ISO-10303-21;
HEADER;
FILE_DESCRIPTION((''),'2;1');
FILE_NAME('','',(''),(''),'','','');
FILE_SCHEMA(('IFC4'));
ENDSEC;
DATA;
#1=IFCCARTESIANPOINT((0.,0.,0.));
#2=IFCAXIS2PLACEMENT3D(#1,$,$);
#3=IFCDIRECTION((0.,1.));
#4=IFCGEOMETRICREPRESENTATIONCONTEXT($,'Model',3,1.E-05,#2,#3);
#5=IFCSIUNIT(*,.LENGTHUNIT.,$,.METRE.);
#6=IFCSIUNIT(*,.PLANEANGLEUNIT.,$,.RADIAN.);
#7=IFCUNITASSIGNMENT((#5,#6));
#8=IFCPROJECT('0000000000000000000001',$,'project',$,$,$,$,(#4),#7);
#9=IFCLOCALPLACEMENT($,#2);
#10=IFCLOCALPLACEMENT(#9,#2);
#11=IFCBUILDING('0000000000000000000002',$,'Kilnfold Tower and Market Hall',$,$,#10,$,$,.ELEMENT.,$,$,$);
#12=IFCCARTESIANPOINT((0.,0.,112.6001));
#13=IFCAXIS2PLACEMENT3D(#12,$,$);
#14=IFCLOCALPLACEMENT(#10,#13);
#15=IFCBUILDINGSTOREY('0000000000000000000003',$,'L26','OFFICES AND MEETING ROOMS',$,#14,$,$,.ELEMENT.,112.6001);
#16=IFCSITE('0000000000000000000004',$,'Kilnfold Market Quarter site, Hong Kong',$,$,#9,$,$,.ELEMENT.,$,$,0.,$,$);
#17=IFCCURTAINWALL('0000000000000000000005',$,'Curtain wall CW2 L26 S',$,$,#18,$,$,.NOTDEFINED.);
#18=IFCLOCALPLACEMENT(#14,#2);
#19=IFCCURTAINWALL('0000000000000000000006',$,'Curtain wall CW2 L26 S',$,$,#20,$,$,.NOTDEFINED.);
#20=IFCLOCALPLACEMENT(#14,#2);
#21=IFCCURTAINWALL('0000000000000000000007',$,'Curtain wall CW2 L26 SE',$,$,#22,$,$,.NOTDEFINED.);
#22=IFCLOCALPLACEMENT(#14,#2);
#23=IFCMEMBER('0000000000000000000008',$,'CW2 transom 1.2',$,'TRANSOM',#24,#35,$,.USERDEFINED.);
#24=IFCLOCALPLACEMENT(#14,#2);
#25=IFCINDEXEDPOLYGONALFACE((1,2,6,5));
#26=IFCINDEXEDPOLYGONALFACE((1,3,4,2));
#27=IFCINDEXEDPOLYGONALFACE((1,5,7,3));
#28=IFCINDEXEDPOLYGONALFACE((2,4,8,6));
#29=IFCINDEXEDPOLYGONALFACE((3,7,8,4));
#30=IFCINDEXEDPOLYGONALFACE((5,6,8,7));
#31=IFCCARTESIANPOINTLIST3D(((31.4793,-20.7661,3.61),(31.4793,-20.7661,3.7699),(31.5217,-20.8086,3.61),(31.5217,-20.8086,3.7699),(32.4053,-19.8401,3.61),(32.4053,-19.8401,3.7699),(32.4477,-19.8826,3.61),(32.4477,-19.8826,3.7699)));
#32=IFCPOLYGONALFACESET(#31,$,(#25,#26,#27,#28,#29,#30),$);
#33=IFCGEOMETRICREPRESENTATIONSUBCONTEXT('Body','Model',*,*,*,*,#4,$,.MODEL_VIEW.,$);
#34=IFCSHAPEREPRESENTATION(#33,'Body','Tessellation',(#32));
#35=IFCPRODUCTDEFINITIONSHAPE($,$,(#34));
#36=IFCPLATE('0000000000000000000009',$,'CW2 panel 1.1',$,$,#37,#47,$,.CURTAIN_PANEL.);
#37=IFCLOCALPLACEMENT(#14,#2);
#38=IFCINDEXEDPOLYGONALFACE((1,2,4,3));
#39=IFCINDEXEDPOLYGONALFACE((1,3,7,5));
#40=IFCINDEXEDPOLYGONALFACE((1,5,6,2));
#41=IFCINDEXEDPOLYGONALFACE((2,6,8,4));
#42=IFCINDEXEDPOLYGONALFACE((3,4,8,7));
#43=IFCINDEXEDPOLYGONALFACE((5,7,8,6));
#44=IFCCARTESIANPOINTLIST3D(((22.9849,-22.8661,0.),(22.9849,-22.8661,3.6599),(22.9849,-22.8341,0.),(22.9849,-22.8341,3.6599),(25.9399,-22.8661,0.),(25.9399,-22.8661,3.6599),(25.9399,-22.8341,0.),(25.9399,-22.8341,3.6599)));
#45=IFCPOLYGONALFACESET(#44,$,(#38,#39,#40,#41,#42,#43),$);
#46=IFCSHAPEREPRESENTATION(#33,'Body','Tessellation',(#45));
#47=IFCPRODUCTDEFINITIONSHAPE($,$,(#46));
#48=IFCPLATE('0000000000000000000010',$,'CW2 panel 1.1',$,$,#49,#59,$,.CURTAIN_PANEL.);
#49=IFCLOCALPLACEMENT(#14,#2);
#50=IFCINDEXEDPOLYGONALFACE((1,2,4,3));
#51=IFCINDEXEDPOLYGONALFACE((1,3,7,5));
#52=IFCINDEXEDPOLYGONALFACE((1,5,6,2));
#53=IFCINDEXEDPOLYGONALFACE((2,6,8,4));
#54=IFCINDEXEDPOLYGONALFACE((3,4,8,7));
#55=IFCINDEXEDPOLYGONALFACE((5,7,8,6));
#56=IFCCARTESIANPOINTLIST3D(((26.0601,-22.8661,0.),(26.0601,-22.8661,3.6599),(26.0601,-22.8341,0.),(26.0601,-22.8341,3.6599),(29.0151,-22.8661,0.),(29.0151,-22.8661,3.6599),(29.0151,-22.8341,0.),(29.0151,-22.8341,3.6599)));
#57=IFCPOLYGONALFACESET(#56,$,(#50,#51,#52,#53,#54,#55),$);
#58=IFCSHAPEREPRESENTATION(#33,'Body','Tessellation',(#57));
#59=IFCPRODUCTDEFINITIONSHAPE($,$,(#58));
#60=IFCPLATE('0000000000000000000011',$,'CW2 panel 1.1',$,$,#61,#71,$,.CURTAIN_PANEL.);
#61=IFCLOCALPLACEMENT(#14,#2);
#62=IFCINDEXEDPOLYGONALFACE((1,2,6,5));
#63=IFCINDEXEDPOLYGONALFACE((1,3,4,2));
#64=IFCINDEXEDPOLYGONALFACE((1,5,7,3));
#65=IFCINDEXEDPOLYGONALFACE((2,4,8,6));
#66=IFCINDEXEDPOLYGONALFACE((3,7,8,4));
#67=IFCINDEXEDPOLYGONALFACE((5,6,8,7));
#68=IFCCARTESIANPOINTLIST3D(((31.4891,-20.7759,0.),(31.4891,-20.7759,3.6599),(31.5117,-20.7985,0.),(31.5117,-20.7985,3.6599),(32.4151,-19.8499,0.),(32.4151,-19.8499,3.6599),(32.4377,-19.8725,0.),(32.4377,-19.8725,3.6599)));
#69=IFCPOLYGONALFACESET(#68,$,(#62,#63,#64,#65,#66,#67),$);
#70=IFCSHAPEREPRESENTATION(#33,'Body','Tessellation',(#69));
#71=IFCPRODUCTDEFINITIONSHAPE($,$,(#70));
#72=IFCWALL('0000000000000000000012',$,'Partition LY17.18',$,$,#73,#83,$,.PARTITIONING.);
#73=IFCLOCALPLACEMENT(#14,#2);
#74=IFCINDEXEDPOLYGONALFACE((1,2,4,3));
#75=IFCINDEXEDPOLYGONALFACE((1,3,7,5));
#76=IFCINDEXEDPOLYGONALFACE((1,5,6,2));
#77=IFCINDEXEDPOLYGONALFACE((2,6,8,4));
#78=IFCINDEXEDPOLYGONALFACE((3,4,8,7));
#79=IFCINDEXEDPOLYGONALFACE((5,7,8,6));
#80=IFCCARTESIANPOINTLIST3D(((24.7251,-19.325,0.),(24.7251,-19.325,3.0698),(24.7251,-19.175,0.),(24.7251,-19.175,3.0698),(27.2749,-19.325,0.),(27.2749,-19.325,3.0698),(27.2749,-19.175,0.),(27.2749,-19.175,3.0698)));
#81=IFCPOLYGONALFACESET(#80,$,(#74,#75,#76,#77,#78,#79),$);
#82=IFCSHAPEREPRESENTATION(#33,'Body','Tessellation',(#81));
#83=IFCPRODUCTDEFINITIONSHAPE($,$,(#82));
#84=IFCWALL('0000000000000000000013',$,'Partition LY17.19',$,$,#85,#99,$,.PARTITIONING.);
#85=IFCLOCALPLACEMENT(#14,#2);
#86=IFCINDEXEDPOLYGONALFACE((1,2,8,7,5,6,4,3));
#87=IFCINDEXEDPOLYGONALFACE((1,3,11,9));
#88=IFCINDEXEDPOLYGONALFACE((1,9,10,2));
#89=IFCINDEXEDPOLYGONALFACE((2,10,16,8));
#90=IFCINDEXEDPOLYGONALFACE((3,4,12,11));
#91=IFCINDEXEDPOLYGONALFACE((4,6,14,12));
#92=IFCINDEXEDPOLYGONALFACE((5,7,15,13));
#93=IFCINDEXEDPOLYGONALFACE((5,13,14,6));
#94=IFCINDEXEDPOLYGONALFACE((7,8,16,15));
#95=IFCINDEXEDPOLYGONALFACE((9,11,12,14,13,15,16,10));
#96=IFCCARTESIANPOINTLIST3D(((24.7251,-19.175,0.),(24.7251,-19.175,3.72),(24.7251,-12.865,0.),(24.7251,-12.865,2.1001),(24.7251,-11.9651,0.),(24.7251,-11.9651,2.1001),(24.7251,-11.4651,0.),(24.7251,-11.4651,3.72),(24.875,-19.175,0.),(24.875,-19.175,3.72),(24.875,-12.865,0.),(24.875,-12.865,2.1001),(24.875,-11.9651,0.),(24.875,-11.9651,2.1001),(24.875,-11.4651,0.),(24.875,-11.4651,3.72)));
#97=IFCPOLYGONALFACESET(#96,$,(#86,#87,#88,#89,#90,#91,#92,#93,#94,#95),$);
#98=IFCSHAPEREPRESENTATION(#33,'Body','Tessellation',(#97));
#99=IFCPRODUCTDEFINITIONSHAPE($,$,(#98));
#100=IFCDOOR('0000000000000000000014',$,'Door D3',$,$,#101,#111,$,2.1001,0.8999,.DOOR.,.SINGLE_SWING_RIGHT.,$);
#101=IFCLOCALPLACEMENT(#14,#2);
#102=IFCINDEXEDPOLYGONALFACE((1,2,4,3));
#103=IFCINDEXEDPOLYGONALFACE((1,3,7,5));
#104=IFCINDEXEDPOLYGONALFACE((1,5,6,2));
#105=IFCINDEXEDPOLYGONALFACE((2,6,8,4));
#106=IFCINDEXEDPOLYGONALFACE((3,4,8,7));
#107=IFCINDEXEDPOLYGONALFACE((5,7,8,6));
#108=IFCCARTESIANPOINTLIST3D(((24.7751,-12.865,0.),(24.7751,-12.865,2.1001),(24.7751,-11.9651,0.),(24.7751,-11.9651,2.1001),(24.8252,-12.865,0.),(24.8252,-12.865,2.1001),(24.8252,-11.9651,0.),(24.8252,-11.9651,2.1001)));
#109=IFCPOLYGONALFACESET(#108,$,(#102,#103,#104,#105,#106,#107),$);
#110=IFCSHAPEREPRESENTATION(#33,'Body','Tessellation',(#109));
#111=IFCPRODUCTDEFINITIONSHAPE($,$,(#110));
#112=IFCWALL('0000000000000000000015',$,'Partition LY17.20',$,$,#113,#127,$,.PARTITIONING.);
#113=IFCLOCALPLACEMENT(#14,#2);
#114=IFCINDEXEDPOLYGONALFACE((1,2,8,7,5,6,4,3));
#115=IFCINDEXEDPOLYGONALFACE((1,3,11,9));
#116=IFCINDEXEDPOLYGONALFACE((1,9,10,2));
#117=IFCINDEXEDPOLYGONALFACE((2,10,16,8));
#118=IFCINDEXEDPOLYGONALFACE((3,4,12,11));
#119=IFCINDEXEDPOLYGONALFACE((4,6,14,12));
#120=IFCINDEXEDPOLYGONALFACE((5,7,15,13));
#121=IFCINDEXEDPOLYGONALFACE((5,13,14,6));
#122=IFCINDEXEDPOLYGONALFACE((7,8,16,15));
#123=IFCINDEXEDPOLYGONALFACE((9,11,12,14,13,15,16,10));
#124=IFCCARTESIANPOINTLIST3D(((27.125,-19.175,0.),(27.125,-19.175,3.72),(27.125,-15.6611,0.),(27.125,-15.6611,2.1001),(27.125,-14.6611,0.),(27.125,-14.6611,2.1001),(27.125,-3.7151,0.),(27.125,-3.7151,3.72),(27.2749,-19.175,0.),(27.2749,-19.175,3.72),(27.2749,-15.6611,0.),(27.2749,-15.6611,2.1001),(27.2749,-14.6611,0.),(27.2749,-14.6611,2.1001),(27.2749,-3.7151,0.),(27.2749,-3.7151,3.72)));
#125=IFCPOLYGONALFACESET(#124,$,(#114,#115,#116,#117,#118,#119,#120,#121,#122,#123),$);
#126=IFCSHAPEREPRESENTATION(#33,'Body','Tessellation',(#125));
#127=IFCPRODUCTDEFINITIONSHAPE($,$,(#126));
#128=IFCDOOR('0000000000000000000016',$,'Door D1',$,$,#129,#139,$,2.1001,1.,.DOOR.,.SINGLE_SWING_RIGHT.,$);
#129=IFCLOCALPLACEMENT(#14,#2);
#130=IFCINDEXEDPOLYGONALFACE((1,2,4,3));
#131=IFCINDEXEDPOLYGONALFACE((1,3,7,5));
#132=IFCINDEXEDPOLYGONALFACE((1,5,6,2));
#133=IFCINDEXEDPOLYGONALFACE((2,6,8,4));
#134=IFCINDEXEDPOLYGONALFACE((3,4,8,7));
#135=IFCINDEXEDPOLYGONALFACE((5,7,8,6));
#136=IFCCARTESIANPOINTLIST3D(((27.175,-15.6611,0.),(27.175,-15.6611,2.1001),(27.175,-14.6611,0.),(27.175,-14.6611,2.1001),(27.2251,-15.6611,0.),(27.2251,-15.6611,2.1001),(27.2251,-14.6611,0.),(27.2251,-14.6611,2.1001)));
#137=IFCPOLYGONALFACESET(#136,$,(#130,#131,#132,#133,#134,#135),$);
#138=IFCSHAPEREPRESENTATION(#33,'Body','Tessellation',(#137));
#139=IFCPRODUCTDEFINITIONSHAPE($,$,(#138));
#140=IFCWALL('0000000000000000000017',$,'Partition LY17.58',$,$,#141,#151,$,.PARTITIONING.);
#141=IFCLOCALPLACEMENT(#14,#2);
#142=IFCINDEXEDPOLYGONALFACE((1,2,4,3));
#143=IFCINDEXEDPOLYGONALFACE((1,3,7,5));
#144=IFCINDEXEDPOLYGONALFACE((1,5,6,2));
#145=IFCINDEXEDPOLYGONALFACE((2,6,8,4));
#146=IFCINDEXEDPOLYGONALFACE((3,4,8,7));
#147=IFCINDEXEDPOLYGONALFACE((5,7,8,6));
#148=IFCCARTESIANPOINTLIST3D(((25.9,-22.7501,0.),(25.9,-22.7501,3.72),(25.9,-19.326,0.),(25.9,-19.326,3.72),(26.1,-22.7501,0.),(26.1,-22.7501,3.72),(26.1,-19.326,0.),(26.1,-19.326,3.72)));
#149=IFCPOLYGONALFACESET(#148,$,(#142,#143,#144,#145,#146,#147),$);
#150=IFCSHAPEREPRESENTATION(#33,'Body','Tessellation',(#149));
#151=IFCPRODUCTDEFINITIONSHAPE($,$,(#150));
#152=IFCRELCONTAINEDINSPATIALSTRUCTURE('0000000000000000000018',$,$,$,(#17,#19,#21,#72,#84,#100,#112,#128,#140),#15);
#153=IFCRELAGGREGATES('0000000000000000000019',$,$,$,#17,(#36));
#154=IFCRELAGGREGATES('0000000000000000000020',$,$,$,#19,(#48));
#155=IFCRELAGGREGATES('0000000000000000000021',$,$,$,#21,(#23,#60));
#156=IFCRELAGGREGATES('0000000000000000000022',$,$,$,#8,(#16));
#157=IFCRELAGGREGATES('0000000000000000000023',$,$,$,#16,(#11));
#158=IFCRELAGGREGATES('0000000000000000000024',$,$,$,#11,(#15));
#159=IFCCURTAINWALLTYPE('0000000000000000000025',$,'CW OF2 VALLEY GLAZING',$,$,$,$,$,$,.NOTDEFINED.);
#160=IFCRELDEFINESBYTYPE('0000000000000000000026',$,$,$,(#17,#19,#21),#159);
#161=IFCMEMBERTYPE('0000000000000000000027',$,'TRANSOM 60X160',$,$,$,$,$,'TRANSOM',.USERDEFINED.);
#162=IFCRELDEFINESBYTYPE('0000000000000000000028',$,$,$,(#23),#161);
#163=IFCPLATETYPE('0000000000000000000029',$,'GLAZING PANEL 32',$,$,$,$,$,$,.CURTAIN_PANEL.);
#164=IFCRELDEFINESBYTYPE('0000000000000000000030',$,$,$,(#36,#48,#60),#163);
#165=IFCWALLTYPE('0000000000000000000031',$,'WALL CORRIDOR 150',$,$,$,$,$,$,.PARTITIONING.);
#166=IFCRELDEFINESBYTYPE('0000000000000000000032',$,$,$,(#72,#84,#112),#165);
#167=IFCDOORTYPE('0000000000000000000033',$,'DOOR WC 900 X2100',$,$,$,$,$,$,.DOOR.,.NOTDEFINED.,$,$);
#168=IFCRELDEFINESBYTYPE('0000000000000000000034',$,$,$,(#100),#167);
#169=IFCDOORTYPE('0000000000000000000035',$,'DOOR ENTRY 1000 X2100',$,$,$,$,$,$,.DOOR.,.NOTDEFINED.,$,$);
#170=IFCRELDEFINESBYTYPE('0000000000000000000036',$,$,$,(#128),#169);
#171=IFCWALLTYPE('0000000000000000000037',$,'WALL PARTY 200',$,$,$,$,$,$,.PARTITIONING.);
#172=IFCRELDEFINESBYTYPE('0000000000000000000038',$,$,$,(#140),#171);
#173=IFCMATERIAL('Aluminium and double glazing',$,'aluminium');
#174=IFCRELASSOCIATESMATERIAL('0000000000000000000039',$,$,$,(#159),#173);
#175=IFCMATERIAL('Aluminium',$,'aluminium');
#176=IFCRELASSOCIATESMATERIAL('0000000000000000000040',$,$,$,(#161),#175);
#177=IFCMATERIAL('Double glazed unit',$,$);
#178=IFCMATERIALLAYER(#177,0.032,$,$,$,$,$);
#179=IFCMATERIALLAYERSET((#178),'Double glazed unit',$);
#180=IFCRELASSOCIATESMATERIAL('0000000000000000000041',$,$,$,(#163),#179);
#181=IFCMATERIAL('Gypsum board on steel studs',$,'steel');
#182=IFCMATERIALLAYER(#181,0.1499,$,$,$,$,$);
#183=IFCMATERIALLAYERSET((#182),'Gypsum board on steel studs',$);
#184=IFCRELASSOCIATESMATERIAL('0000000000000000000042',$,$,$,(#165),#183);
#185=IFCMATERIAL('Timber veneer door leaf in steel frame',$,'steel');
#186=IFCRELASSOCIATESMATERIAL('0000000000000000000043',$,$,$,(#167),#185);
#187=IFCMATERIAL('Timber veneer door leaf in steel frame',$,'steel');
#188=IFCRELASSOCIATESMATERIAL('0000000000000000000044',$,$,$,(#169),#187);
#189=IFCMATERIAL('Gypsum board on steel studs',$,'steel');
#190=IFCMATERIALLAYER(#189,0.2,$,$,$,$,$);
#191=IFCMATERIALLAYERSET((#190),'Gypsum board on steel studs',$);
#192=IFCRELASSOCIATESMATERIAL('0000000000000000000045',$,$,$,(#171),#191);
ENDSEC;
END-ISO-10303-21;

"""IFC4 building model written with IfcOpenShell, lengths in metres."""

from ifc_helpers import new_model, si_unit, direction, frame, frame_2d, origin, origin_2d, place, context, subcontext, project, spatial, rectangle, extrude, source, transform, mapped, material, layer, layer_set, material_profile, profile_set, type_object, element, fill, aggregate, save


model = new_model("IFC4")

# Units and contexts
model_context = context("Model", 3, precision=1e-05, world=origin(), true_north=direction((0.0, 1.0)))
body_context = subcontext(model_context, "Body", "Model", "MODEL_VIEW")
ifc_project = project(units=[si_unit("LENGTHUNIT", "METRE"), si_unit("PLANEANGLEUNIT", "RADIAN")], contexts=[model_context])

# Site, building, storey
site_placement = place(None, origin())
site = spatial("IfcSite", under=ifc_project, at=site_placement, Name="Kilnfold Market Quarter site, Hong Kong", CompositionType="ELEMENT", RefElevation=0.0)
building_placement = place(site_placement, origin())
building = spatial("IfcBuilding", under=site, at=building_placement, Name="Kilnfold Tower and Market Hall", CompositionType="ELEMENT")
storey_placement = place(building_placement, frame((0.0, 0.0, 112.6001)))
storey = spatial("IfcBuildingStorey", under=building, at=storey_placement, Name="L26", Description="OFFICES AND MEETING ROOMS", CompositionType="ELEMENT", Elevation=112.6001)

# Curtain walls
ifc_material_1 = material(Name="Aluminium and double glazing", Category="aluminium")
curtain_wall_type = type_object("IfcCurtainWallType", Name="CW OF2 VALLEY GLAZING", PredefinedType="NOTDEFINED", material=ifc_material_1)
curtain_wall_1_placement = place(storey_placement, origin())
curtain_wall_1 = element("IfcCurtainWall", 1, at=curtain_wall_1_placement, inside=storey, type_object=curtain_wall_type, Name="Curtain wall CW2 L26 S", PredefinedType="NOTDEFINED")
curtain_wall_2_placement = place(storey_placement, origin())
curtain_wall_2 = element("IfcCurtainWall", 2, at=curtain_wall_2_placement, inside=storey, type_object=curtain_wall_type, Name="Curtain wall CW2 L26 S", PredefinedType="NOTDEFINED")
curtain_wall_3_placement = place(storey_placement, origin())
curtain_wall_3 = element("IfcCurtainWall", 3, at=curtain_wall_3_placement, inside=storey, type_object=curtain_wall_type, Name="Curtain wall CW2 L26 SE", PredefinedType="NOTDEFINED")

# Member
ifc_material_2 = material(Name="Aluminium", Category="aluminium")
ifc_material_profile_1 = material_profile(ifc_material_2, rectangle(XDim=0.0601, YDim=0.1599, at=origin_2d()), Name="TRANSOM 60x160")
ifc_profile_set_1 = profile_set([ifc_material_profile_1], Name="Aluminium")
member_type_1 = type_object("IfcMemberType", Name="TRANSOM 60X160", ElementType="TRANSOM", PredefinedType="USERDEFINED", material=ifc_profile_set_1)
shared_shape_1 = source(origin(), body_context, "Body", "SweptSolid", [
    extrude(rectangle(XDim=0.0601, YDim=0.1599, at=origin_2d()), origin(), (0.0, 0.0, 1.0), 1.3096),
])
member_1_placement = place(storey_placement, frame((31.5005, -20.7874, 3.6899), z_axis=(0.707107, 0.707107, 0.0), x_axis=(-0.707107, 0.707107, 0.0)))
member_1 = element("IfcMember", 4, at=member_1_placement, type_object=member_type_1, Name="CW2 transom 1.2", ObjectType="TRANSOM", PredefinedType="USERDEFINED", context=body_context, shape_type="MappedRepresentation", body=[
    mapped(shared_shape_1, transform((0.0, 0.0, 0.0))),
])

# Plates
ifc_material_3 = material(Name="Double glazed unit")
ifc_layer_1 = layer(ifc_material_3, 0.032)
ifc_layer_set_1 = layer_set([ifc_layer_1], Name="Double glazed unit")
plate_type = type_object("IfcPlateType", Name="GLAZING PANEL 32", PredefinedType="CURTAIN_PANEL", material=ifc_layer_set_1)
shared_shape_2 = source(origin(), body_context, "Body", "SweptSolid", [
    extrude(rectangle(XDim=2.9551, YDim=0.032, at=origin_2d()), origin(), (0.0, 0.0, 1.0), 3.6599),
])
plate_1_placement = place(storey_placement, frame((24.4624, -22.8501, 0.0), z_axis=(0.0, 0.0, 1.0), x_axis=(1.0, 0.0, 0.0)))
plate_1 = element("IfcPlate", 5, at=plate_1_placement, type_object=plate_type, Name="CW2 panel 1.1", PredefinedType="CURTAIN_PANEL", context=body_context, shape_type="MappedRepresentation", body=[
    mapped(shared_shape_2, transform((0.0, 0.0, 0.0))),
])
aggregate(curtain_wall_1, [plate_1])
plate_2_placement = place(storey_placement, frame((27.5376, -22.8501, 0.0), z_axis=(0.0, 0.0, 1.0), x_axis=(1.0, 0.0, 0.0)))
plate_2 = element("IfcPlate", 6, at=plate_2_placement, type_object=plate_type, Name="CW2 panel 1.1", PredefinedType="CURTAIN_PANEL", context=body_context, shape_type="MappedRepresentation", body=[
    mapped(shared_shape_2, transform((0.0, 0.0, 0.0))),
])
aggregate(curtain_wall_2, [plate_2])
shared_shape_3 = source(origin(), body_context, "Body", "SweptSolid", [
    extrude(rectangle(XDim=1.3096, YDim=0.032, at=origin_2d()), origin(), (0.0, 0.0, 1.0), 3.6599),
])
plate_3_placement = place(storey_placement, frame((31.9634, -20.3242, 0.0), z_axis=(0.0, 0.0, 1.0), x_axis=(0.707107, 0.707107, 0.0)))
plate_3 = element("IfcPlate", 7, at=plate_3_placement, type_object=plate_type, Name="CW2 panel 1.1", PredefinedType="CURTAIN_PANEL", context=body_context, shape_type="MappedRepresentation", body=[
    mapped(shared_shape_3, transform((0.0, 0.0, 0.0))),
])
aggregate(curtain_wall_3, [member_1, plate_3])

# Wall
ifc_material_4 = material(Name="Gypsum board on steel studs", Category="steel")
ifc_layer_2 = layer(ifc_material_4, 0.1499)
ifc_layer_set_2 = layer_set([ifc_layer_2], Name="Gypsum board on steel studs")
wall_type_1 = type_object("IfcWallType", Name="WALL CORRIDOR 150", PredefinedType="PARTITIONING", material=ifc_layer_set_2)
wall_1_placement = place(storey_placement, frame((24.7251, -19.25, 0.0), z_axis=(0.0, 0.0, 1.0), x_axis=(1.0, 0.0, 0.0)))
element("IfcWall", 8, at=wall_1_placement, inside=storey, type_object=wall_type_1, Name="Partition LY17.18", PredefinedType="PARTITIONING", context=body_context, shape_type="SweptSolid", body=[
    extrude(rectangle(XDim=2.5498, YDim=0.1499, at=frame_2d((1.2749, 0.0))), origin(), (0.0, 0.0, 1.0), 3.0698),
])

# Walls, openings, doors
wall_2_placement = place(storey_placement, frame((24.8, -19.175, 0.0), z_axis=(0.0, 0.0, 1.0), x_axis=(0.0, 1.0, 0.0)))
wall_2 = element("IfcWall", 9, at=wall_2_placement, inside=storey, type_object=wall_type_1, Name="Partition LY17.19", PredefinedType="PARTITIONING", context=body_context, shape_type="SweptSolid", body=[
    extrude(rectangle(XDim=7.71, YDim=0.1499, at=frame_2d((3.855, 0.0))), origin(), (0.0, 0.0, 1.0), 3.72),
])
opening_1_placement = place(wall_2_placement, frame((6.3101, 0.0, 0.0)))
opening_1 = element("IfcOpeningElement", 10, at=opening_1_placement, cuts=wall_2, PredefinedType="OPENING", context=body_context, shape_type="SweptSolid", body=[
    extrude(rectangle(XDim=0.8999, YDim=2.1001, at=frame_2d((0.45, 1.05))), frame((0.0, 0.085, 0.0), z_axis=(0.0, -1.0, 0.0), x_axis=(1.0, 0.0, 0.0)), (0.0, 0.0, 1.0), 0.1699),
])
ifc_material_5 = material(Name="Timber veneer door leaf in steel frame", Category="steel")
door_type_1 = type_object("IfcDoorType", Name="DOOR WC 900 X2100", OperationType="NOTDEFINED", PredefinedType="DOOR", material=ifc_material_5)
door_1_placement = place(opening_1_placement, origin())
door_1 = element("IfcDoor", 11, at=door_1_placement, inside=storey, type_object=door_type_1, Name="Door D3", OperationType="SINGLE_SWING_RIGHT", OverallHeight=2.1001, OverallWidth=0.8999, PredefinedType="DOOR", context=body_context, shape_type="SweptSolid", body=[
    extrude(rectangle(XDim=0.8999, YDim=2.1001, at=frame_2d((0.45, 1.05))), frame((0.0, 0.0249, 0.0), z_axis=(0.0, -1.0, 0.0), x_axis=(1.0, 0.0, 0.0)), (0.0, 0.0, 1.0), 0.05),
])
fill(opening_1, door_1)
wall_3_placement = place(storey_placement, frame((27.2, -19.175, 0.0), z_axis=(0.0, 0.0, 1.0), x_axis=(0.0, 1.0, 0.0)))
wall_3 = element("IfcWall", 12, at=wall_3_placement, inside=storey, type_object=wall_type_1, Name="Partition LY17.20", PredefinedType="PARTITIONING", context=body_context, shape_type="SweptSolid", body=[
    extrude(rectangle(XDim=15.46, YDim=0.1499, at=frame_2d((7.73, 0.0))), origin(), (0.0, 0.0, 1.0), 3.72),
])
opening_2_placement = place(wall_3_placement, frame((3.5139, 0.0, 0.0)))
opening_2 = element("IfcOpeningElement", 13, at=opening_2_placement, cuts=wall_3, PredefinedType="OPENING", context=body_context, shape_type="SweptSolid", body=[
    extrude(rectangle(XDim=1.0, YDim=2.1001, at=frame_2d((0.5, 1.05))), frame((0.0, 0.085, 0.0), z_axis=(0.0, -1.0, 0.0), x_axis=(1.0, 0.0, 0.0)), (0.0, 0.0, 1.0), 0.1699),
])
ifc_material_6 = material(Name="Timber veneer door leaf in steel frame", Category="steel")
door_type_2 = type_object("IfcDoorType", Name="DOOR ENTRY 1000 X2100", OperationType="NOTDEFINED", PredefinedType="DOOR", material=ifc_material_6)
door_2_placement = place(opening_2_placement, origin())
door_2 = element("IfcDoor", 14, at=door_2_placement, inside=storey, type_object=door_type_2, Name="Door D1", OperationType="SINGLE_SWING_RIGHT", OverallHeight=2.1001, OverallWidth=1.0, PredefinedType="DOOR", context=body_context, shape_type="SweptSolid", body=[
    extrude(rectangle(XDim=1.0, YDim=2.1001, at=frame_2d((0.5, 1.05))), frame((0.0, 0.0249, 0.0), z_axis=(0.0, -1.0, 0.0), x_axis=(1.0, 0.0, 0.0)), (0.0, 0.0, 1.0), 0.05),
])
fill(opening_2, door_2)

# Wall
ifc_material_7 = material(Name="Gypsum board on steel studs", Category="steel")
ifc_layer_3 = layer(ifc_material_7, 0.2)
ifc_layer_set_3 = layer_set([ifc_layer_3], Name="Gypsum board on steel studs")
wall_type_2 = type_object("IfcWallType", Name="WALL PARTY 200", PredefinedType="PARTITIONING", material=ifc_layer_set_3)
wall_4_placement = place(storey_placement, frame((26.0, -22.75, 0.0), z_axis=(0.0, 0.0, 1.0), x_axis=(0.0, 1.0, 0.0)))
element("IfcWall", 15, at=wall_4_placement, inside=storey, type_object=wall_type_2, Name="Partition LY17.58", PredefinedType="PARTITIONING", context=body_context, shape_type="SweptSolid", body=[
    extrude(rectangle(XDim=3.4241, YDim=0.2, at=frame_2d((1.7119, 0.0))), origin(), (0.0, 0.0, 1.0), 3.72),
])

save(model, "model.ifc")
